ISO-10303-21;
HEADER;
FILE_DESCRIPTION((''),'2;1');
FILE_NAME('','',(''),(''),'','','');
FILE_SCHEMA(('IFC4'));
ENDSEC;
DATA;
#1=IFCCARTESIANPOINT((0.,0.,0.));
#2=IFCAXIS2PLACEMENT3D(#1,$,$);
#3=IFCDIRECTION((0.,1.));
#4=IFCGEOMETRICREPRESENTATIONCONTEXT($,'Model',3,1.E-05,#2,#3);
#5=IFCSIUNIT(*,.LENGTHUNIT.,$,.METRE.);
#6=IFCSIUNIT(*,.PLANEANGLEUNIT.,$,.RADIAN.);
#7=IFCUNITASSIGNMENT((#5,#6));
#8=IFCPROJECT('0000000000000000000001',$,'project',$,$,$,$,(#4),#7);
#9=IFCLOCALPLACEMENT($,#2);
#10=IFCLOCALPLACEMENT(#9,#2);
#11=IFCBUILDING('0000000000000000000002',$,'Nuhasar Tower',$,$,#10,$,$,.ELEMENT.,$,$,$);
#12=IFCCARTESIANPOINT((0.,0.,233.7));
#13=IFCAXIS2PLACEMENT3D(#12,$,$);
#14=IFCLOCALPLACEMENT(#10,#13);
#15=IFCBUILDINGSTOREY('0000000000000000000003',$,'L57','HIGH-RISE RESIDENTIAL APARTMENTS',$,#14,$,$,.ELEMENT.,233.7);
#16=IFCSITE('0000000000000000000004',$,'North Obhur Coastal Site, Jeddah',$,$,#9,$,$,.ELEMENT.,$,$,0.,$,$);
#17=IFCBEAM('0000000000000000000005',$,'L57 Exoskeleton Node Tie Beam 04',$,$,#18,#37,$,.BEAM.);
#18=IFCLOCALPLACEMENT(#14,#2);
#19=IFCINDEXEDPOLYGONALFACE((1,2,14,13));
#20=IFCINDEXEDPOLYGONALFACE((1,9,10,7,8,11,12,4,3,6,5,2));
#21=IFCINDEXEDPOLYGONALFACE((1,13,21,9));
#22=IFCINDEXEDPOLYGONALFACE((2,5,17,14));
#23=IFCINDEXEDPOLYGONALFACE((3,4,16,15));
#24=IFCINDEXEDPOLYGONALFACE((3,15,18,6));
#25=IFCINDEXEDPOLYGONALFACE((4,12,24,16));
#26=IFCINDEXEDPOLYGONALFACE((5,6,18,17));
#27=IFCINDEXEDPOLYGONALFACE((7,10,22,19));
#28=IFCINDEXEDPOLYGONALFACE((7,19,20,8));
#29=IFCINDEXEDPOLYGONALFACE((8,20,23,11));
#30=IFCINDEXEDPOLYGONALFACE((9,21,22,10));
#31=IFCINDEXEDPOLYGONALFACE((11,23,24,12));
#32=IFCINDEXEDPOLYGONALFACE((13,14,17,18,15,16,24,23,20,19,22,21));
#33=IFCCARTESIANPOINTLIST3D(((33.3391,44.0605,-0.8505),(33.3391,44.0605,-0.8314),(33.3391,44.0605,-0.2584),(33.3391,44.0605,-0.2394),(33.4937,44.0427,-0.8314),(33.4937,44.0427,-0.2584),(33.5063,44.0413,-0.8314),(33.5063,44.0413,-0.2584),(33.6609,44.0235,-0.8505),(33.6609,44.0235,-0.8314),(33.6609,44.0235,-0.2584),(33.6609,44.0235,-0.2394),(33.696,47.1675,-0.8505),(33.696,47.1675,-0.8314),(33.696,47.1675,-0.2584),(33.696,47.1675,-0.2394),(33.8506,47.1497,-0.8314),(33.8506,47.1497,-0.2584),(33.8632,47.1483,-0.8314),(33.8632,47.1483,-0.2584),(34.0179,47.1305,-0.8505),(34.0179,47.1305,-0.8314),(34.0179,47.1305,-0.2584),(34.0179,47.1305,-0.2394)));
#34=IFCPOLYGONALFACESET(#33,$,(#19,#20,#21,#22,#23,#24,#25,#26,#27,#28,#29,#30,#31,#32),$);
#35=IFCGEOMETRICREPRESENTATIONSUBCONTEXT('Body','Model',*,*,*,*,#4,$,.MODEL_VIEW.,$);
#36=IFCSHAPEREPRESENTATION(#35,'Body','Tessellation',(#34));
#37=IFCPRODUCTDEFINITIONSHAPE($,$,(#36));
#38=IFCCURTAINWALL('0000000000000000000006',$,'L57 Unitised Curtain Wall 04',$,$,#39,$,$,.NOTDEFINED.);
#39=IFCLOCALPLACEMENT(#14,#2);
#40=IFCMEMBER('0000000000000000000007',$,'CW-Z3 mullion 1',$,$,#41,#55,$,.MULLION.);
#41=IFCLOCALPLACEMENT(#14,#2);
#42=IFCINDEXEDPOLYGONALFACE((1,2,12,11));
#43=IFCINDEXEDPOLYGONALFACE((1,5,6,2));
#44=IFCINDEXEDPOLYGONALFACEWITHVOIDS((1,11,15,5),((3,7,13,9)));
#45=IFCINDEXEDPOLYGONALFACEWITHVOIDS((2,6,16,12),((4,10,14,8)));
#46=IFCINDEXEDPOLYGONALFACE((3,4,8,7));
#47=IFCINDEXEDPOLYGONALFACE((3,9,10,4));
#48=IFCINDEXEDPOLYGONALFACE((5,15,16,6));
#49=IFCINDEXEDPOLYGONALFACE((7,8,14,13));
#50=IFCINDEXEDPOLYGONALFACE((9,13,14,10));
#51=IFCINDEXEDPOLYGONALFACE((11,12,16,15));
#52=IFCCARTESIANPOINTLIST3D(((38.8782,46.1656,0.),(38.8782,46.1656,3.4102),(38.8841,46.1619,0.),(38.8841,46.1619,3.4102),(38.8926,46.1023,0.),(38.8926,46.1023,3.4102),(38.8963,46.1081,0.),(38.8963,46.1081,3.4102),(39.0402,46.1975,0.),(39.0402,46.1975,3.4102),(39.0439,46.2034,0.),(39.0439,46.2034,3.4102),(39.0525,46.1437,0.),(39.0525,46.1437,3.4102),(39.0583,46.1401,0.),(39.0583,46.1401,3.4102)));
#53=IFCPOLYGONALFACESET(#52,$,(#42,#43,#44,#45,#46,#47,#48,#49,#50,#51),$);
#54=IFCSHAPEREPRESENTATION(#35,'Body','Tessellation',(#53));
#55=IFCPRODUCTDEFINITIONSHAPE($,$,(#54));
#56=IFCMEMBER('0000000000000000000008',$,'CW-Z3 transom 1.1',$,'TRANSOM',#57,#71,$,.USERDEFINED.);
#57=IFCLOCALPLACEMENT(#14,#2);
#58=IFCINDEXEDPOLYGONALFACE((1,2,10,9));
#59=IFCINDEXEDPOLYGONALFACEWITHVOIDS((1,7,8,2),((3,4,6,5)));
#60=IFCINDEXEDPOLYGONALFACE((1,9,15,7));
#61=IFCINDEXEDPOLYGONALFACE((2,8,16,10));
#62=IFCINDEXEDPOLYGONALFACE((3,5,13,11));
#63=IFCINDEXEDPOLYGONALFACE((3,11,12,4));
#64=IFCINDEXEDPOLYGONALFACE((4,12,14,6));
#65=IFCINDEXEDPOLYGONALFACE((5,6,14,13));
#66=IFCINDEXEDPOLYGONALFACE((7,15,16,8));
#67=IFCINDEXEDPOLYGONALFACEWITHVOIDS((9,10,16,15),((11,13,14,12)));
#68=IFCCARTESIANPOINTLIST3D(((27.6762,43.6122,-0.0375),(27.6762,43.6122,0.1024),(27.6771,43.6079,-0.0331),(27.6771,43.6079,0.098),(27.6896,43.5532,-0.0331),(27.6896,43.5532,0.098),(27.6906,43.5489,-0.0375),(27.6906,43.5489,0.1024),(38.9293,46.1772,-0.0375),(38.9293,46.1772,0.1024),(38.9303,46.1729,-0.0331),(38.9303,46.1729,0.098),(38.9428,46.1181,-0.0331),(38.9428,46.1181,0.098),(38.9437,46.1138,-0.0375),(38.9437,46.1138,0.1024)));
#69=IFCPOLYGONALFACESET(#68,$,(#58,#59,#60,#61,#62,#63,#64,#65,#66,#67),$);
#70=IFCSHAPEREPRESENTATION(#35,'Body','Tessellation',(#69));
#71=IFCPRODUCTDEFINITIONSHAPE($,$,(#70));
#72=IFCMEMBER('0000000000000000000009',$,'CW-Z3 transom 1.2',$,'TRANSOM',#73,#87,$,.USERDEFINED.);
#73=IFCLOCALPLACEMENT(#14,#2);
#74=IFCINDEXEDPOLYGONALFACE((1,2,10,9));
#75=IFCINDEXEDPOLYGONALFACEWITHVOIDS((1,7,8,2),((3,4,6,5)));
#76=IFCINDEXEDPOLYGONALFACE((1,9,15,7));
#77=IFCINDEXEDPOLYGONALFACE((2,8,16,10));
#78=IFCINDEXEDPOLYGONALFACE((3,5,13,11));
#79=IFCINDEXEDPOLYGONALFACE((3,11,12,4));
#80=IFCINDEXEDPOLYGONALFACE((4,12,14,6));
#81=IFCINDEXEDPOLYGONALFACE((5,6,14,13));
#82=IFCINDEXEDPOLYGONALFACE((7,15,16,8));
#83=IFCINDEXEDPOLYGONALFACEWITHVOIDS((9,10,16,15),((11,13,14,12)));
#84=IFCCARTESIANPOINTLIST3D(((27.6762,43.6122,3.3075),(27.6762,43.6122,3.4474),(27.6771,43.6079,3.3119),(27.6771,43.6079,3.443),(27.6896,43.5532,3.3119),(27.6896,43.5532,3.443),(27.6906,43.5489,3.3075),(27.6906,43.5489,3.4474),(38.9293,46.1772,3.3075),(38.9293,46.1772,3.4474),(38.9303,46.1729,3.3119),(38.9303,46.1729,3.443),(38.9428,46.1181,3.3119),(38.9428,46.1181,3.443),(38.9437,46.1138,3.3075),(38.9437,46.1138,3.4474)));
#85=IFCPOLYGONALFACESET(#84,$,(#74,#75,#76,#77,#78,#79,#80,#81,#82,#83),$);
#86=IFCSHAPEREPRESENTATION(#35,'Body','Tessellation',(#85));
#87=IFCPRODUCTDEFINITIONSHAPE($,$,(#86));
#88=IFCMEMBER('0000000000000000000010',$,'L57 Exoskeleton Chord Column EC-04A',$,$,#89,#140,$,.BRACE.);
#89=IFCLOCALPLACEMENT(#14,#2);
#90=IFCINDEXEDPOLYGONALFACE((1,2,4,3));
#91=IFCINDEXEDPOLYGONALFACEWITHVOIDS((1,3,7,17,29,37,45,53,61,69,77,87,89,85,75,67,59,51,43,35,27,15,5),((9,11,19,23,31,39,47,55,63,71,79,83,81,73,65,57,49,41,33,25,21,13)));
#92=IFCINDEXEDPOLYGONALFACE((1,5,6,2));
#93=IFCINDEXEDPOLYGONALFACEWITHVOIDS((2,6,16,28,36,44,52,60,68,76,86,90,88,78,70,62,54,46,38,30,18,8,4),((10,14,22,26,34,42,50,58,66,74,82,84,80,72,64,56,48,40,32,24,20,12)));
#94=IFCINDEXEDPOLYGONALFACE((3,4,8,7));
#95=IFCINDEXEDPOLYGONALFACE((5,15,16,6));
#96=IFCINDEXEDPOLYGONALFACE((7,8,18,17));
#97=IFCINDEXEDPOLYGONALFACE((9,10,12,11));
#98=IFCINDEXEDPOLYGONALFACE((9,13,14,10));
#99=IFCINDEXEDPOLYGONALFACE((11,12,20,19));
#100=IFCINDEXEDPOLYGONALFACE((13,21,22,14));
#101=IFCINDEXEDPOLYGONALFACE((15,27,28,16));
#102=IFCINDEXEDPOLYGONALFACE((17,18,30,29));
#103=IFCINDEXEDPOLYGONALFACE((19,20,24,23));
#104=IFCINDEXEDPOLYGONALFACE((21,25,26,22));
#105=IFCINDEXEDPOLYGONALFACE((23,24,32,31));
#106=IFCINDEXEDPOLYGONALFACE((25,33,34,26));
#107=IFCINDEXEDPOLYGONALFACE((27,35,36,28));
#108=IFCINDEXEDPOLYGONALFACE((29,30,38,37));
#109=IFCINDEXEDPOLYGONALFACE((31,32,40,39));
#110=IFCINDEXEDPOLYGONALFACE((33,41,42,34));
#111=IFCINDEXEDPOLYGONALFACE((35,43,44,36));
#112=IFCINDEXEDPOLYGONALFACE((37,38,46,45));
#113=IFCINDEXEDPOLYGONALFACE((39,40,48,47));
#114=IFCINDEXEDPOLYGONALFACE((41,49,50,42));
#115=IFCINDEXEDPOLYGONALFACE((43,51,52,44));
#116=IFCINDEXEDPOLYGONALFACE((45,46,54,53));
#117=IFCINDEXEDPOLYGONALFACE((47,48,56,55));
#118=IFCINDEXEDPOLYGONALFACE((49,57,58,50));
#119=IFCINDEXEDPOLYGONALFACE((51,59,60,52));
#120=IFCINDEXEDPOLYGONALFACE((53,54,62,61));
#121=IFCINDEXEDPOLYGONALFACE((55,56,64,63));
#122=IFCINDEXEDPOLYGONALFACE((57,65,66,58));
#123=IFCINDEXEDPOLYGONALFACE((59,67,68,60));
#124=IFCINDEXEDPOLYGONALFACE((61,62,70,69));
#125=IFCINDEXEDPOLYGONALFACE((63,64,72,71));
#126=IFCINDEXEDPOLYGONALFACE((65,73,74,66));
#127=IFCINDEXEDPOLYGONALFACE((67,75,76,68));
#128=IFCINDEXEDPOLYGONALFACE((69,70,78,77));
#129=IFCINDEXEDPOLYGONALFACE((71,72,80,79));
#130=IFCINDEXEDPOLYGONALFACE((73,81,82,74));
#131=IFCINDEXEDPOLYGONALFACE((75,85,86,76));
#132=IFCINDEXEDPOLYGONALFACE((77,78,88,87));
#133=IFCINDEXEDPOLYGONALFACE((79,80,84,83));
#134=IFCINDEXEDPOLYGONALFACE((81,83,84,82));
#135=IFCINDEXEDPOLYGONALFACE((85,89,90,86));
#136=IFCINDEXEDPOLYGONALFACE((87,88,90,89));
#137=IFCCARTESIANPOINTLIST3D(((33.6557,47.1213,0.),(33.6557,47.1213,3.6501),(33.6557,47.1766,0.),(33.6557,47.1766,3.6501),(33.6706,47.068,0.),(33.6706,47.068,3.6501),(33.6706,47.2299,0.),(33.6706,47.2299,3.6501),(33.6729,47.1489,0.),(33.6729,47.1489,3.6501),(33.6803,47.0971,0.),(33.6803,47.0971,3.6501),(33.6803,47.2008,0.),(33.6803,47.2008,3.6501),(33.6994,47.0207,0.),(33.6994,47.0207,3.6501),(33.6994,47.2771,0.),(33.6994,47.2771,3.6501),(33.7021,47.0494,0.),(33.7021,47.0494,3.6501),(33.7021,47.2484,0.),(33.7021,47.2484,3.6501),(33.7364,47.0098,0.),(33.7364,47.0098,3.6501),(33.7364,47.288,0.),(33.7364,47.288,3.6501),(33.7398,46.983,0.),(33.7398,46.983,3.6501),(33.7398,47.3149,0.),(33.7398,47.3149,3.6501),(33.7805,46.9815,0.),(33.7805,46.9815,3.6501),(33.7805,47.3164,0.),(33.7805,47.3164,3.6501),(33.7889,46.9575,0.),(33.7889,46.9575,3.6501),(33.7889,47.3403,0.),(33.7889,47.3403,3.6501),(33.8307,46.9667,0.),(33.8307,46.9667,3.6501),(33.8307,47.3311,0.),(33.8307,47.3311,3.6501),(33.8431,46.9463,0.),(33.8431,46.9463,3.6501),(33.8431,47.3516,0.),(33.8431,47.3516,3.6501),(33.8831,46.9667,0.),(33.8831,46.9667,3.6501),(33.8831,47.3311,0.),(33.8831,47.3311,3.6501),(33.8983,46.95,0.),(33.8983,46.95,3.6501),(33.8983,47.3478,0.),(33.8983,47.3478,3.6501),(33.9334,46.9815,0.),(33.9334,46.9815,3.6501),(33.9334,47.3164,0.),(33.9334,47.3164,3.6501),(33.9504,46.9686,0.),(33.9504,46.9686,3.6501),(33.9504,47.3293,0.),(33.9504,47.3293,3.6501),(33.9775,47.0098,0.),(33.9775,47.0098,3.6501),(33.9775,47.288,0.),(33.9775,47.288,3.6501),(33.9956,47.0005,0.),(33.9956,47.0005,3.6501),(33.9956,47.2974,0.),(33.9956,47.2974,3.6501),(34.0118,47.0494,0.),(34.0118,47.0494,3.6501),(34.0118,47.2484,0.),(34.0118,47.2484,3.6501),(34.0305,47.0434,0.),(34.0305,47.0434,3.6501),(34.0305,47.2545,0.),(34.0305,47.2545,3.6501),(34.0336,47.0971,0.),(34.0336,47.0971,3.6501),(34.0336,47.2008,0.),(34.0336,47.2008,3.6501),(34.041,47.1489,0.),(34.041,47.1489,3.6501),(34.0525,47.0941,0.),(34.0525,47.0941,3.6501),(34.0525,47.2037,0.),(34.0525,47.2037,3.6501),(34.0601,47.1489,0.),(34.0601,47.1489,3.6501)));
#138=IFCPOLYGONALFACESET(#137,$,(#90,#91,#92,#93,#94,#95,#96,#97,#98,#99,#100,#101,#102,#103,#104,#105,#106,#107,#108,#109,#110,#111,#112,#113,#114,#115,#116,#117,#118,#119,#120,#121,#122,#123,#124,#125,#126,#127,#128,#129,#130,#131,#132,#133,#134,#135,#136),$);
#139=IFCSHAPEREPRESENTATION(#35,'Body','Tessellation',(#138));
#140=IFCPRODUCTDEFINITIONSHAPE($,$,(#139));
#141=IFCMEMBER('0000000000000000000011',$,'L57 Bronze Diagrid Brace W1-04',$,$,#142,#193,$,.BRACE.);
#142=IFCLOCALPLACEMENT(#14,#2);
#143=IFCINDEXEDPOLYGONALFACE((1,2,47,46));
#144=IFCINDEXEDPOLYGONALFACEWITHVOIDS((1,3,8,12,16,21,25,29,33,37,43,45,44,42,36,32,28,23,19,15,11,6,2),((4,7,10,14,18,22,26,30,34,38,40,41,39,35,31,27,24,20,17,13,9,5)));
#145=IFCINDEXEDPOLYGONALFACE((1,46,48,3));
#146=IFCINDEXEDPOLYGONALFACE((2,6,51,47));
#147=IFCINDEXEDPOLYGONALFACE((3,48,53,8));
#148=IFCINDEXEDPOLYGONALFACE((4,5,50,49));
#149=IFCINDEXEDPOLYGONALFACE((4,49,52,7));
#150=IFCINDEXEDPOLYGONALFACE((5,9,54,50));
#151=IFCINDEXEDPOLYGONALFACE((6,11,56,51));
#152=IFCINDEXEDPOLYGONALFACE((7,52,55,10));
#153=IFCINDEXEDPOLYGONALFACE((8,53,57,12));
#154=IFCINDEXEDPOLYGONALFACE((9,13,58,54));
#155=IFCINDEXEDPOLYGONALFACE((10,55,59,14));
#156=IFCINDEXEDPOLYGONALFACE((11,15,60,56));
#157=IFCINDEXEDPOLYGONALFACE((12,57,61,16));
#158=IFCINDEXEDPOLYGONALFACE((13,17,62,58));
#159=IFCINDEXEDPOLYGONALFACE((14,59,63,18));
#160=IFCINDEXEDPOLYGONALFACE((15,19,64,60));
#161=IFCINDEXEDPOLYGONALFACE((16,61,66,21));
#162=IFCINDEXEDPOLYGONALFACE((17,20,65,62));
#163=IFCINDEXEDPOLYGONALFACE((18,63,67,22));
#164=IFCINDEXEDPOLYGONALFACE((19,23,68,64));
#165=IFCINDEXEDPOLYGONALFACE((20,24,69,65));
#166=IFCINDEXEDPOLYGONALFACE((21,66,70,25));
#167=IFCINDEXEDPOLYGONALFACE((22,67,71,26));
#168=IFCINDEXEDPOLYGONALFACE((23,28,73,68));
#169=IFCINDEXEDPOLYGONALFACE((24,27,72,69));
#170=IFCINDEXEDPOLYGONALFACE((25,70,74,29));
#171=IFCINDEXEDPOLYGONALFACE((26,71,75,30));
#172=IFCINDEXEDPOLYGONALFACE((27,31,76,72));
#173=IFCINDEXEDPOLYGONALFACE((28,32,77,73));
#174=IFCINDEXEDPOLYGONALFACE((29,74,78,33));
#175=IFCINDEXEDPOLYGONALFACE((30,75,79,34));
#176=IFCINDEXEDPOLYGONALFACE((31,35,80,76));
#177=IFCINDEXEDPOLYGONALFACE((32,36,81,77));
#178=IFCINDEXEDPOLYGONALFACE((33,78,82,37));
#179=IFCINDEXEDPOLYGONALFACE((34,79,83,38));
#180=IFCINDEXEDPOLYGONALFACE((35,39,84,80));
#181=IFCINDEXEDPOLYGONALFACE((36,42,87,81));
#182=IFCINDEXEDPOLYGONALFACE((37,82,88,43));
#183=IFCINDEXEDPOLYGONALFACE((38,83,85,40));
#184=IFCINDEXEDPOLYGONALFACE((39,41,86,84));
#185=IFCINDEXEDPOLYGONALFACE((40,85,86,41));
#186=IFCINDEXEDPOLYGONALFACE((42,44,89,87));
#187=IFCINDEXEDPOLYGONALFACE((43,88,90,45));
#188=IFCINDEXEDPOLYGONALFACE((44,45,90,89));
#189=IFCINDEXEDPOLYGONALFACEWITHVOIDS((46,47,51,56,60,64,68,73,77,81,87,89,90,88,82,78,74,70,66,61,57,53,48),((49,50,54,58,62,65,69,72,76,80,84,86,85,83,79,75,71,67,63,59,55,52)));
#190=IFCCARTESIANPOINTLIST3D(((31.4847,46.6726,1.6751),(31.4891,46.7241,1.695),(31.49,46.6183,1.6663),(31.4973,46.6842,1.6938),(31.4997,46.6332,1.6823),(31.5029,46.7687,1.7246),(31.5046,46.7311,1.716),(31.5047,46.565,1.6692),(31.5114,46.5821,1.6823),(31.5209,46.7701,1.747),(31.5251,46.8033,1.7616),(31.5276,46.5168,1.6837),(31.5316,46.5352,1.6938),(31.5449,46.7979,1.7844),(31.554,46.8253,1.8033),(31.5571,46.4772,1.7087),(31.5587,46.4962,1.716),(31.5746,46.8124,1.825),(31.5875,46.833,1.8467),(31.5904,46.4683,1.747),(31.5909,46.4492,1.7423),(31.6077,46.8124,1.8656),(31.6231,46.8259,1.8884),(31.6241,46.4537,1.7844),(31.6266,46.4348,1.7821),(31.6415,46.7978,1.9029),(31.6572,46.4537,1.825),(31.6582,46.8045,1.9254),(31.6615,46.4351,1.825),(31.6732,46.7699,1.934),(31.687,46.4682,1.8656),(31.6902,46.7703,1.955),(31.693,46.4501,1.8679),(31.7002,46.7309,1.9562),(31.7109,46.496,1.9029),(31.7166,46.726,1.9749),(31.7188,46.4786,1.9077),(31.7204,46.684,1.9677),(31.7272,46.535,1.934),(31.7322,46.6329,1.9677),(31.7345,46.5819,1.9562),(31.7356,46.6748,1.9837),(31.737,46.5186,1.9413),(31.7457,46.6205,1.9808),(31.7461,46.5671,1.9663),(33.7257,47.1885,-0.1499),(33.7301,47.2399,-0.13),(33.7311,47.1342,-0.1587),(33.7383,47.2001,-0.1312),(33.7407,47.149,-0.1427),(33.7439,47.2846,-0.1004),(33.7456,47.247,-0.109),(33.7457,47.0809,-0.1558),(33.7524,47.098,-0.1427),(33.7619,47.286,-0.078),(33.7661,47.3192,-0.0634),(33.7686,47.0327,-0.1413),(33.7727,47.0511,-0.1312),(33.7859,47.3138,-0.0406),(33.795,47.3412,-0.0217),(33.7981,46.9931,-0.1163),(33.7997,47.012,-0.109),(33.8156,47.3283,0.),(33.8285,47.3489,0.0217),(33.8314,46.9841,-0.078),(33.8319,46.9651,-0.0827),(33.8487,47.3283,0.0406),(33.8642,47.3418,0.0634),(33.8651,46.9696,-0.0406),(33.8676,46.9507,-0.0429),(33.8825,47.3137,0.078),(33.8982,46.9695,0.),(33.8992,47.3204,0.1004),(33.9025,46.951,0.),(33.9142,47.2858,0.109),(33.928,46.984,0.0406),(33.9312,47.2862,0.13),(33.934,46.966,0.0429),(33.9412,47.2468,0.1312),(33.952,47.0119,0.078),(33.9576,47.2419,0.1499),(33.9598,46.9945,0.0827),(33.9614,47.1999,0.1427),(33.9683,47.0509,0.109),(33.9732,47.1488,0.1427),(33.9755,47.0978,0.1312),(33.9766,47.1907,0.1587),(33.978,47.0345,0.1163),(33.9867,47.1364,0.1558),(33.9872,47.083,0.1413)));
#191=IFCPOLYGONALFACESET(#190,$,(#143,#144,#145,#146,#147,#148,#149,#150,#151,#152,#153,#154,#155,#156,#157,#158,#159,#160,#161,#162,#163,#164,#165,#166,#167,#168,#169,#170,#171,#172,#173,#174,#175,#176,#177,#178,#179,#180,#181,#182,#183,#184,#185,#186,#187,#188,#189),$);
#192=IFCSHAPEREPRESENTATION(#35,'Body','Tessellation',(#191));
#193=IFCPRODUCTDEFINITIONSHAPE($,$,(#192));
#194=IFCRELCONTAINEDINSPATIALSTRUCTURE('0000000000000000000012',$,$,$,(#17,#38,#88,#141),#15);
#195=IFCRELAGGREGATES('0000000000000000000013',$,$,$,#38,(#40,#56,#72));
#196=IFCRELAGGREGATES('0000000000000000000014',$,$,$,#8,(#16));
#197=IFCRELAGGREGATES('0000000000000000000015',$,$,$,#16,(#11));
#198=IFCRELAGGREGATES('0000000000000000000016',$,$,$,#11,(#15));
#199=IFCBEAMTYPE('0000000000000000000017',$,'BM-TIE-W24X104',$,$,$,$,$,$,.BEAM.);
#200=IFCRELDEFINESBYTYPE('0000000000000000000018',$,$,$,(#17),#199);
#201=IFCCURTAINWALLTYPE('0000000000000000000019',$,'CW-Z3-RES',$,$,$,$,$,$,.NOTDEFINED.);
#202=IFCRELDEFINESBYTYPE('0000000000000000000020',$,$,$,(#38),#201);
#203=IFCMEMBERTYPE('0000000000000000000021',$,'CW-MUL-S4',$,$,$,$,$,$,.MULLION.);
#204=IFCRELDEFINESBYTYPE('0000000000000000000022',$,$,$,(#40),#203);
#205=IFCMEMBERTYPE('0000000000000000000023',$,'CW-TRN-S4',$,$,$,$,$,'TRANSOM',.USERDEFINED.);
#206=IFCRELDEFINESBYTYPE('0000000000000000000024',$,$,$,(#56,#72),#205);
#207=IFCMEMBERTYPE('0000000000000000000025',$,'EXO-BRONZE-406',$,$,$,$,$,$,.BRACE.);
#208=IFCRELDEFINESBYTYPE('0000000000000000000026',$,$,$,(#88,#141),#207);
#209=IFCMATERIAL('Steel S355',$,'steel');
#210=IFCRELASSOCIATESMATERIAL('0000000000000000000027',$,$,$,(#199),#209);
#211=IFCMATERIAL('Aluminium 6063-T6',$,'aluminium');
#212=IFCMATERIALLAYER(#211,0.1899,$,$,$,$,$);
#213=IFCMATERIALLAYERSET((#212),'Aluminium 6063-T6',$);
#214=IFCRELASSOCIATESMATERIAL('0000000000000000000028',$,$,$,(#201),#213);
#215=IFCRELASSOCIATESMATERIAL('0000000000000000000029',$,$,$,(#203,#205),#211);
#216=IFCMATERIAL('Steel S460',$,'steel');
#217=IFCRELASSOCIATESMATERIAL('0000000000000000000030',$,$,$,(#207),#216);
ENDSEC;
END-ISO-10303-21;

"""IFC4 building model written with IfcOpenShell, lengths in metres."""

from ifc_helpers import new_model, si_unit, direction, frame, origin, origin_2d, place, context, subcontext, project, spatial, hollow_rectangle, hollow_circle, i_section, extrude, material, layer, layer_set, material_profile, profile_set, type_object, element, aggregate, save


model = new_model("IFC4")

# Units and contexts
model_context = context("Model", 3, precision=1e-05, world=origin(), true_north=direction((0.0, 1.0)))
body_context = subcontext(model_context, "Body", "Model", "MODEL_VIEW")
ifc_project = project(units=[si_unit("LENGTHUNIT", "METRE"), si_unit("PLANEANGLEUNIT", "RADIAN")], contexts=[model_context])

# Site, building, storey
site_placement = place(None, origin())
site = spatial("IfcSite", under=ifc_project, at=site_placement, Name="North Obhur Coastal Site, Jeddah", CompositionType="ELEMENT", RefElevation=0.0)
building_placement = place(site_placement, origin())
building = spatial("IfcBuilding", under=site, at=building_placement, Name="Nuhasar Tower", CompositionType="ELEMENT")
storey_placement = place(building_placement, frame((0.0, 0.0, 233.7)))
storey = spatial("IfcBuildingStorey", under=building, at=storey_placement, Name="L57", Description="HIGH-RISE RESIDENTIAL APARTMENTS", CompositionType="ELEMENT", Elevation=233.7)

# Beam
ifc_material_1 = material(Name="Steel S355", Category="steel")
ifc_material_profile_1 = material_profile(ifc_material_1, i_section(OverallWidth=0.324, OverallDepth=0.6111, WebThickness=0.0127, FlangeThickness=0.019, at=origin_2d()), Name="W24X104")
ifc_profile_set_1 = profile_set([ifc_material_profile_1], Name="Steel S355")
beam_type_1 = type_object("IfcBeamType", Name="BM-TIE-W24X104", PredefinedType="BEAM", material=ifc_profile_set_1)
beam_1_placement = place(storey_placement, frame((33.5, 44.042, -0.5449), z_axis=(0.114132, 0.993466, 0.0), x_axis=(-0.993466, 0.114132, 0.0)))
element("IfcBeam", 1, at=beam_1_placement, inside=storey, type_object=beam_type_1, Name="L57 Exoskeleton Node Tie Beam 04", PredefinedType="BEAM", context=body_context, shape_type="SweptSolid", body=[
    extrude(i_section(OverallWidth=0.324, OverallDepth=0.6111, WebThickness=0.0127, FlangeThickness=0.019, at=origin_2d()), origin(), (0.0, 0.0, 1.0), 3.1274),
])

# Curtain wall, members
ifc_material_2 = material(Name="Aluminium 6063-T6", Category="aluminium")
ifc_layer_1 = layer(ifc_material_2, 0.1899)
ifc_layer_set_1 = layer_set([ifc_layer_1], Name="Aluminium 6063-T6")
curtain_wall_type = type_object("IfcCurtainWallType", Name="CW-Z3-RES", PredefinedType="NOTDEFINED", material=ifc_layer_set_1)
curtain_wall_placement = place(storey_placement, origin())
curtain_wall = element("IfcCurtainWall", 2, at=curtain_wall_placement, inside=storey, type_object=curtain_wall_type, Name="L57 Unitised Curtain Wall 04", PredefinedType="NOTDEFINED")
ifc_material_profile_2 = material_profile(ifc_material_2, hollow_rectangle(XDim=0.0649, YDim=0.1699, WallThickness=0.0049, at=origin_2d()), Name="CWM-4")
ifc_profile_set_2 = profile_set([ifc_material_profile_2], Name="Aluminium 6063-T6")
member_type_1 = type_object("IfcMemberType", Name="CW-MUL-S4", PredefinedType="MULLION", material=ifc_profile_set_2)
member_1_placement = place(storey_placement, frame((38.9683, 46.1528, 0.0), z_axis=(0.0, 0.0, 1.0), x_axis=(0.222243, -0.974991, 0.0)))
member_1 = element("IfcMember", 3, at=member_1_placement, type_object=member_type_1, Name="CW-Z3 mullion 1", PredefinedType="MULLION", context=body_context, shape_type="SweptSolid", body=[
    extrude(hollow_rectangle(XDim=0.0649, YDim=0.1699, WallThickness=0.0049, at=origin_2d()), origin(), (0.0, 0.0, 1.0), 3.4102),
])
ifc_material_profile_3 = material_profile(ifc_material_2, hollow_rectangle(XDim=0.0649, YDim=0.1399, WallThickness=0.0044, at=origin_2d()), Name="CWT-4")
ifc_profile_set_3 = profile_set([ifc_material_profile_3], Name="Aluminium 6063-T6")
member_type_2 = type_object("IfcMemberType", Name="CW-TRN-S4", ElementType="TRANSOM", PredefinedType="USERDEFINED", material=ifc_profile_set_3)
member_2_placement = place(storey_placement, frame((38.9365, 46.1455, 0.0325), z_axis=(-0.974994, -0.222231, 0.0), x_axis=(0.222231, -0.974994, 0.0)))
member_2 = element("IfcMember", 4, at=member_2_placement, type_object=member_type_2, Name="CW-Z3 transom 1.1", ObjectType="TRANSOM", PredefinedType="USERDEFINED", context=body_context, shape_type="SweptSolid", body=[
    extrude(hollow_rectangle(XDim=0.0649, YDim=0.1399, WallThickness=0.0044, at=origin_2d()), origin(), (0.0, 0.0, 1.0), 11.5417),
])
member_3_placement = place(storey_placement, frame((38.9365, 46.1455, 3.3774), z_axis=(-0.974994, -0.222231, 0.0), x_axis=(0.222231, -0.974994, 0.0)))
member_3 = element("IfcMember", 5, at=member_3_placement, type_object=member_type_2, Name="CW-Z3 transom 1.2", ObjectType="TRANSOM", PredefinedType="USERDEFINED", context=body_context, shape_type="SweptSolid", body=[
    extrude(hollow_rectangle(XDim=0.0649, YDim=0.1399, WallThickness=0.0044, at=origin_2d()), origin(), (0.0, 0.0, 1.0), 11.5417),
])

# Members
ifc_material_3 = material(Name="Steel S460", Category="steel")
ifc_material_profile_4 = material_profile(ifc_material_3, hollow_circle(Radius=0.2031, WallThickness=0.019, at=origin_2d()), Name="HSS406.4X19.1")
ifc_profile_set_4 = profile_set([ifc_material_profile_4], Name="Steel S460")
member_type_3 = type_object("IfcMemberType", Name="EXO-BRONZE-406", PredefinedType="BRACE", material=ifc_profile_set_4)
member_4_placement = place(storey_placement, frame((33.8569, 47.1489, 0.0), z_axis=(0.0, 0.0, 1.0), x_axis=(1.0, 0.0, 0.0)))
element("IfcMember", 6, at=member_4_placement, inside=storey, type_object=member_type_3, Name="L57 Exoskeleton Chord Column EC-04A", PredefinedType="BRACE", context=body_context, shape_type="SweptSolid", body=[
    extrude(hollow_circle(Radius=0.2031, WallThickness=0.019, at=origin_2d()), origin(), (0.0, 0.0, 1.0), 3.6501),
])
for number, where, z_axis, x_axis, name in (
    (7, (33.8569, 47.1489, 0.0), (-0.763343, -0.175721, 0.621635), (0.224332, -0.974513, 0.0), "L57 Bronze Diagrid Brace W1-04"),
):
    element("IfcMember", number, at=place(storey_placement, frame(where, z_axis=z_axis, x_axis=x_axis)), inside=storey, type_object=member_type_3, Name=name, PredefinedType="BRACE", context=body_context, shape_type="SweptSolid", body=[
        extrude(hollow_circle(Radius=0.2031, WallThickness=0.019, at=origin_2d()), origin(), (0.0, 0.0, 1.0), 2.9358),
    ])

aggregate(curtain_wall, [member_1, member_2, member_3])

save(model, "model.ifc")
